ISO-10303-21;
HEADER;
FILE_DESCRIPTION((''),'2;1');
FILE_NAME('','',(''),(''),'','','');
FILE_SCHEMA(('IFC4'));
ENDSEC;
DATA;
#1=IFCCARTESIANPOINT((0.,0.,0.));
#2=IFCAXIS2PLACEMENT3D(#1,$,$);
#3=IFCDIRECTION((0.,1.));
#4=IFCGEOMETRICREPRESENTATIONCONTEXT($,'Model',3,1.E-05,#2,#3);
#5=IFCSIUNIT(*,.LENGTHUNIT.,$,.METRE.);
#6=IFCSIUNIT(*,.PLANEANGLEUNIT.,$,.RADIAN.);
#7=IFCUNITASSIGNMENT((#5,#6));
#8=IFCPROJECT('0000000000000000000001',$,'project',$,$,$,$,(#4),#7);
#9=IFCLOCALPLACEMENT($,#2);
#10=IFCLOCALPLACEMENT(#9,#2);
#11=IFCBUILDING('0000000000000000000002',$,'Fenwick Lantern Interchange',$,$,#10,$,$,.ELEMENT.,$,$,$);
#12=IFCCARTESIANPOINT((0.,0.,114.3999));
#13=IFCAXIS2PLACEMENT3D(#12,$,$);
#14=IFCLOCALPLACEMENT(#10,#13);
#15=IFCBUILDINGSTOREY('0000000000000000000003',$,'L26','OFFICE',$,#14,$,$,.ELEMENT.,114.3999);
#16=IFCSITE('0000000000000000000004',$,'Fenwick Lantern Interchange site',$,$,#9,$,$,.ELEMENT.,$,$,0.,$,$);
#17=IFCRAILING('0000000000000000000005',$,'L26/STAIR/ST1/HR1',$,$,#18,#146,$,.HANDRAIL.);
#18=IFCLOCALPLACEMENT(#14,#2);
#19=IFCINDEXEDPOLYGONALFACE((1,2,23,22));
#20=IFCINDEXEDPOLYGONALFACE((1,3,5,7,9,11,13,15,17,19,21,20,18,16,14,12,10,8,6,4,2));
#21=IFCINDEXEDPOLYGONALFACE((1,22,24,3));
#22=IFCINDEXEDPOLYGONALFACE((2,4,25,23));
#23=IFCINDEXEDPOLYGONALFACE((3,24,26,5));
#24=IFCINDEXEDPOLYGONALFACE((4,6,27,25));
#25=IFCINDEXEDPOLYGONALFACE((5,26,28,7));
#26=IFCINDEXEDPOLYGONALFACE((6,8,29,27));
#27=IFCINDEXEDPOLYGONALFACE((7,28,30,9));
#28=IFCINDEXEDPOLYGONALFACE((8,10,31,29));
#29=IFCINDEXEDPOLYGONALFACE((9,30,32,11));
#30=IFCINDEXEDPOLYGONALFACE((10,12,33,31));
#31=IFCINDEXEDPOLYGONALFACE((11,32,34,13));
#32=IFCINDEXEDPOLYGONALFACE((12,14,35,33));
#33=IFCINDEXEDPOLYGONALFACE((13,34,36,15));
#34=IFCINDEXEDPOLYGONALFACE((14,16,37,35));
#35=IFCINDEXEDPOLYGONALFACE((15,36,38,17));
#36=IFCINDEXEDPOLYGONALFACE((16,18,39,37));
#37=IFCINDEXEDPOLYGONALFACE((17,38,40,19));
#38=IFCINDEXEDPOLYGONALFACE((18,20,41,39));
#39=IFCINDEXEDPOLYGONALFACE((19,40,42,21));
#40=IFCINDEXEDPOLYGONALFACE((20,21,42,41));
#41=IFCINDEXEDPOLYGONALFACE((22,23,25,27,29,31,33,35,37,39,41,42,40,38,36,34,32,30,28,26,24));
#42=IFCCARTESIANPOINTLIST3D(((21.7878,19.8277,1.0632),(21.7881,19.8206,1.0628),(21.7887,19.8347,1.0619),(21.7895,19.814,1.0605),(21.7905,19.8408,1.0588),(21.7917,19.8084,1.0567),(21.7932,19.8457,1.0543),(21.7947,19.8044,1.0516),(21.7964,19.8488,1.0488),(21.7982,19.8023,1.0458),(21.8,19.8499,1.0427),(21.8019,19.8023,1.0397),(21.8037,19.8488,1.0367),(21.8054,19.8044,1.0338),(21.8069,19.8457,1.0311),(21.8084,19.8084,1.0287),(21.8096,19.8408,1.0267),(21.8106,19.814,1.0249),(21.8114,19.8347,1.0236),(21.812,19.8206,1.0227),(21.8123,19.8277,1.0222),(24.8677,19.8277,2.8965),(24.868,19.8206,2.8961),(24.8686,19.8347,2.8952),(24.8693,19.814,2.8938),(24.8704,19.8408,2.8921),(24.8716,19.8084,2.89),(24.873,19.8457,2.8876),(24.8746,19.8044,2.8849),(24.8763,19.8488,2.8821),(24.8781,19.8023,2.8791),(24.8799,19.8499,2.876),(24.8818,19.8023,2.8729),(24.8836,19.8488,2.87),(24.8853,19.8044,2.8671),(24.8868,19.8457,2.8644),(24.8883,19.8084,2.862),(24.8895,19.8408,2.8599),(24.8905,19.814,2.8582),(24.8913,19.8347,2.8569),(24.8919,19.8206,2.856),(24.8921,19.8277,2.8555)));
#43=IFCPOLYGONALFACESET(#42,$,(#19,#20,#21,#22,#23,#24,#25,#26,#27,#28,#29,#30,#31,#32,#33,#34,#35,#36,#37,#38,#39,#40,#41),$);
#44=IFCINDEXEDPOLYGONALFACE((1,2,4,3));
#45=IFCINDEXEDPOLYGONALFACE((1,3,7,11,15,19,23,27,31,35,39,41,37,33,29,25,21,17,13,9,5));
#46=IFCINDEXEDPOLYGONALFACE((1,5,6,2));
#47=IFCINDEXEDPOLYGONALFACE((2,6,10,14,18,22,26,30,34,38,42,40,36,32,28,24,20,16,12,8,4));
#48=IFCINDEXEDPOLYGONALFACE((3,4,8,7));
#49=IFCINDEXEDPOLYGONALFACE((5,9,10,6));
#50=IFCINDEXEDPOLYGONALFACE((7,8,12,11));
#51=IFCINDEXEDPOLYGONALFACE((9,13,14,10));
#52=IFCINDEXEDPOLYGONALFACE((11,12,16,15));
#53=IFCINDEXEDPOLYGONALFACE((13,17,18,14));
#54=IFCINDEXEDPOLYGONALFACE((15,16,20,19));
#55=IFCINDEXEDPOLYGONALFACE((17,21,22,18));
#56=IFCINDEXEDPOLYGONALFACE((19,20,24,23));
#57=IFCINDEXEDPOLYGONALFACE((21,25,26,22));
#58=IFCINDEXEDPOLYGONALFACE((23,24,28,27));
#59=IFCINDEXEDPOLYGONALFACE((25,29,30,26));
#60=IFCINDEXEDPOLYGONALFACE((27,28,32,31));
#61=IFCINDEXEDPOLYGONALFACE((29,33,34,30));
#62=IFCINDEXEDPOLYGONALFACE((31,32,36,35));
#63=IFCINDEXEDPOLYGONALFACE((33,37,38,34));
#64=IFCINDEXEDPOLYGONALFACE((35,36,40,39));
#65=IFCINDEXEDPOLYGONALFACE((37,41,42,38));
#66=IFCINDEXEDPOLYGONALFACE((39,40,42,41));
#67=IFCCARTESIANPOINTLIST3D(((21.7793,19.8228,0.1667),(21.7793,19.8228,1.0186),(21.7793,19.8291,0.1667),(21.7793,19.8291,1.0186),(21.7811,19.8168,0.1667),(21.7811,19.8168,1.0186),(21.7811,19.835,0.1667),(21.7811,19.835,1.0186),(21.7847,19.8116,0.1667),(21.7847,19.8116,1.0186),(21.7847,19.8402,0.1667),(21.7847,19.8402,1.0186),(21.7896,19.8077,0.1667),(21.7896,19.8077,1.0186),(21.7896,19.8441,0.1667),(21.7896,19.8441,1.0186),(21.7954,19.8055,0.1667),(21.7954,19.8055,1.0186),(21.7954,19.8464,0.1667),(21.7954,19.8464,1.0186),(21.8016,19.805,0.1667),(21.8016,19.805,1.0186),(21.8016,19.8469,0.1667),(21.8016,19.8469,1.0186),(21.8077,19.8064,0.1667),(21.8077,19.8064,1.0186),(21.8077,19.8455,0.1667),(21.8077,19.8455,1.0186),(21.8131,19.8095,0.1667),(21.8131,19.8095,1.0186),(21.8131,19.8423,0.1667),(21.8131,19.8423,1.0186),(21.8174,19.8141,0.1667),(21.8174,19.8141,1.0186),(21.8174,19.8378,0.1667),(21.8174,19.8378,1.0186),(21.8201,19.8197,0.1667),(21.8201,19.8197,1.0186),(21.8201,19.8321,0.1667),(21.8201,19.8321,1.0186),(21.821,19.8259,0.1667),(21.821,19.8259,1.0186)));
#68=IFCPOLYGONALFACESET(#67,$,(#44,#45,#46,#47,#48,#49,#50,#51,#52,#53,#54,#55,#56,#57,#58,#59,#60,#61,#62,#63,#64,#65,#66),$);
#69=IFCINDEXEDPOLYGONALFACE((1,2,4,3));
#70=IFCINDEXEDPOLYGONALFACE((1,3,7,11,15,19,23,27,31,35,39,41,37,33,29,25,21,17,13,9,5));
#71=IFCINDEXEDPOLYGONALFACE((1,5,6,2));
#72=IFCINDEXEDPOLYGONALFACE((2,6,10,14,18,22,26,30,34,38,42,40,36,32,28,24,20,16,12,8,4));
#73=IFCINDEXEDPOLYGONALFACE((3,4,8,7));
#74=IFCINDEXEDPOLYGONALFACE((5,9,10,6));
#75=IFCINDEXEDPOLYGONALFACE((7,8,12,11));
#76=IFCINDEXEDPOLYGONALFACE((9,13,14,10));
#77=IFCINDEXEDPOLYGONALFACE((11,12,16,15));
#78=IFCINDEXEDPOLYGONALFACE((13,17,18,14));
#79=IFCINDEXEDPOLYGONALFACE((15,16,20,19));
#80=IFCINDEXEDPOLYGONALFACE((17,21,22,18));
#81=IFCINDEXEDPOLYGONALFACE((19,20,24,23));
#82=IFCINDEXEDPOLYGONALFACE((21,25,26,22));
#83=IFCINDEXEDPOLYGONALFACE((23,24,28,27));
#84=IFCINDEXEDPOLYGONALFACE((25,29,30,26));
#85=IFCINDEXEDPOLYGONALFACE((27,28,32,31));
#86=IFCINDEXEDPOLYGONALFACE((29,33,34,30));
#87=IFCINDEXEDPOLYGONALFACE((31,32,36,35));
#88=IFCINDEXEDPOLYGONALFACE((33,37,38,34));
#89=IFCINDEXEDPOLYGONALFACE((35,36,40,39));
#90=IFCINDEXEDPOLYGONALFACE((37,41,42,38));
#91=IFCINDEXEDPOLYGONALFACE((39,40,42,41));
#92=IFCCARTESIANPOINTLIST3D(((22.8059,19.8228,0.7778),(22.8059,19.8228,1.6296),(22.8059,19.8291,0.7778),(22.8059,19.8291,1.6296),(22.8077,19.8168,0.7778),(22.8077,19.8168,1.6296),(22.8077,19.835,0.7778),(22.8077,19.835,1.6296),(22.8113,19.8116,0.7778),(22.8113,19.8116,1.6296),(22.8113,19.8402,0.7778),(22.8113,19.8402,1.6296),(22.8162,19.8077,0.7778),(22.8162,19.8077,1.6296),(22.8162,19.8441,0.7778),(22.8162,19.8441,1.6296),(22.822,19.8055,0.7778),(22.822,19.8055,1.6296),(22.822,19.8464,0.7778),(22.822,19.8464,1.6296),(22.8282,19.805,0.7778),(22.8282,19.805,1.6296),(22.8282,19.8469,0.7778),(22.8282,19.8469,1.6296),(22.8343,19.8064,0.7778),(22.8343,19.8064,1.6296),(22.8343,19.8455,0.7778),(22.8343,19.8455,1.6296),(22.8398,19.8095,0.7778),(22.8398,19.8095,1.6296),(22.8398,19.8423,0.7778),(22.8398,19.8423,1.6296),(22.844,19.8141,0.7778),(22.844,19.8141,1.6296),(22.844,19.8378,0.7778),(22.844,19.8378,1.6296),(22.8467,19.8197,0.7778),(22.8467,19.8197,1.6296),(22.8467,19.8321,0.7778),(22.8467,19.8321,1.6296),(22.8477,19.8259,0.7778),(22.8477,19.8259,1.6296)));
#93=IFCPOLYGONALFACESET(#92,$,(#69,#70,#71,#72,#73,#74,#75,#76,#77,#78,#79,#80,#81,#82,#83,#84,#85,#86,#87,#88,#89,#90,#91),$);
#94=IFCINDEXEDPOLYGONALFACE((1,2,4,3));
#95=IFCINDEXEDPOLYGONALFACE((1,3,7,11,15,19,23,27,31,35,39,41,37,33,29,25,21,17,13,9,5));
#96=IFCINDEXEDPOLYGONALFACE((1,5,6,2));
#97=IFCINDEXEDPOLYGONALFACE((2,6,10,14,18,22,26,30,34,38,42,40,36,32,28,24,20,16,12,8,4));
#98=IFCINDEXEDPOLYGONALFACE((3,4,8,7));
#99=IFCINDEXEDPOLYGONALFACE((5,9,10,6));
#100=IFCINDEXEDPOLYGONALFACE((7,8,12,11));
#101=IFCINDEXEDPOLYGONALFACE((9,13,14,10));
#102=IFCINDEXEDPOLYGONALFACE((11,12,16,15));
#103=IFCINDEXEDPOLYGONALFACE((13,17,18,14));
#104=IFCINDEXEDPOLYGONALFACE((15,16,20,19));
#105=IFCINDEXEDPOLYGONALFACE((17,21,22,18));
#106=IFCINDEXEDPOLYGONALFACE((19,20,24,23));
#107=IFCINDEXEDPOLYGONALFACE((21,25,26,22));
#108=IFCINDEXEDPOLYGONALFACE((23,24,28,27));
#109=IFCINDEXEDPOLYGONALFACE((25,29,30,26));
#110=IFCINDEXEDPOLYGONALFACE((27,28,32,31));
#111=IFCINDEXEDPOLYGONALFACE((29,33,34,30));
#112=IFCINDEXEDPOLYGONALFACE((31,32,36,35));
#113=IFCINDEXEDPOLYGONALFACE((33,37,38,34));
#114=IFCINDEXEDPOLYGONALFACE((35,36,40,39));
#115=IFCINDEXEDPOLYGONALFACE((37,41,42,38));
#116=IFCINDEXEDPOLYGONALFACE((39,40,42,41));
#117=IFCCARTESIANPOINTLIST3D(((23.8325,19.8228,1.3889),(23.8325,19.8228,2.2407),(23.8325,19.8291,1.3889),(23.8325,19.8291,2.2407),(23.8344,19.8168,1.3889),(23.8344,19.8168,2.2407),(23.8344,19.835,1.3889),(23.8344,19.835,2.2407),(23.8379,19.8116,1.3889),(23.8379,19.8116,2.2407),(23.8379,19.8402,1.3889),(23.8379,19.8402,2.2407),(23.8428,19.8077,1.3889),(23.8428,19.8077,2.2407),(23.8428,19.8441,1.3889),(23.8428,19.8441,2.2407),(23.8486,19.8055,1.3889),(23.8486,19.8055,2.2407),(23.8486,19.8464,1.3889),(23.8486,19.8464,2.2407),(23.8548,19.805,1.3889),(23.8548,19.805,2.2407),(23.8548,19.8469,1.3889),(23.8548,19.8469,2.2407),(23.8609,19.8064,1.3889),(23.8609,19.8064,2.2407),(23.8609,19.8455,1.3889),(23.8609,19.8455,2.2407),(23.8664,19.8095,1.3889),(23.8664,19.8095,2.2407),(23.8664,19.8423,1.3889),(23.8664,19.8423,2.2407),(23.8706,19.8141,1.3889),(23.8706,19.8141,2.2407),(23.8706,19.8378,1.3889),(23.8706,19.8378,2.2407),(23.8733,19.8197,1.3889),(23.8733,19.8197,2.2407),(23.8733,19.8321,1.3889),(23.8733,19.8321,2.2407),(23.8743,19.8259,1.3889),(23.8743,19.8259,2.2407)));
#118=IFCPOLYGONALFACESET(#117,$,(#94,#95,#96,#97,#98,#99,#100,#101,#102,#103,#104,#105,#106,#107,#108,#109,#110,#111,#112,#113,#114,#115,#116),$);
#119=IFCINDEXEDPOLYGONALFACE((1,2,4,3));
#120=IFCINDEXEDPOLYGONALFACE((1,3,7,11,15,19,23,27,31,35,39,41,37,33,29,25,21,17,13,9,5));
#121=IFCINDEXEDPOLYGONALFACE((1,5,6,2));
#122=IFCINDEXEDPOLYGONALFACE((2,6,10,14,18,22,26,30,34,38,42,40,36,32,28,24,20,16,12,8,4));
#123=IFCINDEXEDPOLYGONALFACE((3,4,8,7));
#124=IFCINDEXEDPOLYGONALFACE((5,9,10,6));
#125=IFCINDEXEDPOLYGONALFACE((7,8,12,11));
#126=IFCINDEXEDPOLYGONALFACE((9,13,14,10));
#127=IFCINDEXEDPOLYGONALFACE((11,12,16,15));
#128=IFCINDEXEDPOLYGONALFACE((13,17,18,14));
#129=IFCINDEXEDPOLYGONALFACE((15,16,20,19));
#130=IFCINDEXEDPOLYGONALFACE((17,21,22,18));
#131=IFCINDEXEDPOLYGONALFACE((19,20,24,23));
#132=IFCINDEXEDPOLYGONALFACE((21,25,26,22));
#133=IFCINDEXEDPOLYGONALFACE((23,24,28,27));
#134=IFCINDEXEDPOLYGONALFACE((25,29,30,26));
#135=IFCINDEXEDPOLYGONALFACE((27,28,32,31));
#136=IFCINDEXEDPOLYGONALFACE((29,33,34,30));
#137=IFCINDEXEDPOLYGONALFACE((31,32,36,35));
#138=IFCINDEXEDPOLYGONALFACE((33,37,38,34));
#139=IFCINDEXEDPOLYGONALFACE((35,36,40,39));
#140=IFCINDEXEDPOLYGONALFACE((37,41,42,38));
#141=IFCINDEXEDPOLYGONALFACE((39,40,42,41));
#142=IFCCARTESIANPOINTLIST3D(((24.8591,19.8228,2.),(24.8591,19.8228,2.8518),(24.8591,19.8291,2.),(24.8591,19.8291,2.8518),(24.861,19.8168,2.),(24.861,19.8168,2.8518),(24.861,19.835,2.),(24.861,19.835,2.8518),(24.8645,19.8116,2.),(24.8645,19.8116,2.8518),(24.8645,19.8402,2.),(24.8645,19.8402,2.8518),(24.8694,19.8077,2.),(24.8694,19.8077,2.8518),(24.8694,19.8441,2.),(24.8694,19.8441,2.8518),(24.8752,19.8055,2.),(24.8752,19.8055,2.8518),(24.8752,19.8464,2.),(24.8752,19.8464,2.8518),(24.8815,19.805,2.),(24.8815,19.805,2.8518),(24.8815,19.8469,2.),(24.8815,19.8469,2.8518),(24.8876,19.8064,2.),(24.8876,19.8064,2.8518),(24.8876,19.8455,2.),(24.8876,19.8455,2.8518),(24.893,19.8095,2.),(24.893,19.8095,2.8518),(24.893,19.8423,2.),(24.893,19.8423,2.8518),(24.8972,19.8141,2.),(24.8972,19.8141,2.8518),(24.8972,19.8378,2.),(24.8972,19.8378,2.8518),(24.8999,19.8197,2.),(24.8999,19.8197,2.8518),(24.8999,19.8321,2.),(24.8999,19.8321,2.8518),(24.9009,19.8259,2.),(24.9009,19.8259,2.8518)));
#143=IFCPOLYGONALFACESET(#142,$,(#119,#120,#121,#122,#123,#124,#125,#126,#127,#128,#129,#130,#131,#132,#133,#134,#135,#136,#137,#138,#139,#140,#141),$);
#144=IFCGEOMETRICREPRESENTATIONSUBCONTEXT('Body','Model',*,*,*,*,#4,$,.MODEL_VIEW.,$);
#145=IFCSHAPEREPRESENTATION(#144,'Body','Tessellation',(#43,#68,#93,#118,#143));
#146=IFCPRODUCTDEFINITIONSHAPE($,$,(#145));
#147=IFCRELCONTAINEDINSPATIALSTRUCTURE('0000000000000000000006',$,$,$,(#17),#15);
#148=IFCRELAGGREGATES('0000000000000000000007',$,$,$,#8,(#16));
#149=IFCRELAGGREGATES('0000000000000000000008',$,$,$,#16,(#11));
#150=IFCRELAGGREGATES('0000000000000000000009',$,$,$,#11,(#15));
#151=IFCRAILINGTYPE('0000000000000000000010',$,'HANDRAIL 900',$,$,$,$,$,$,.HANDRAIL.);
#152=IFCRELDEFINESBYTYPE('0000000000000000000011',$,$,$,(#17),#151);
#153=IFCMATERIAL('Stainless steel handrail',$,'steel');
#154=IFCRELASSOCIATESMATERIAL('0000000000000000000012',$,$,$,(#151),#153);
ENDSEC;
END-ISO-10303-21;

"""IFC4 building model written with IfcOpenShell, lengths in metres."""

from ifc_helpers import new_model, si_unit, direction, frame, origin, origin_2d, place, context, subcontext, project, spatial, circle, extrude, material, type_object, element, save


model = new_model("IFC4")

# Units and contexts
model_context = context("Model", 3, precision=1e-05, world=origin(), true_north=direction((0.0, 1.0)))
body_context = subcontext(model_context, "Body", "Model", "MODEL_VIEW")
ifc_project = project(units=[si_unit("LENGTHUNIT", "METRE"), si_unit("PLANEANGLEUNIT", "RADIAN")], contexts=[model_context])

# Site, building, storey
site_placement = place(None, origin())
site = spatial("IfcSite", under=ifc_project, at=site_placement, Name="Fenwick Lantern Interchange site", CompositionType="ELEMENT", RefElevation=0.0)
building_placement = place(site_placement, origin())
building = spatial("IfcBuilding", under=site, at=building_placement, Name="Fenwick Lantern Interchange", CompositionType="ELEMENT")
storey_placement = place(building_placement, frame((0.0, 0.0, 114.3999)))
storey = spatial("IfcBuildingStorey", under=building, at=storey_placement, Name="L26", Description="OFFICE", CompositionType="ELEMENT", Elevation=114.3999)

# Railing
ifc_material_1 = material(Name="Stainless steel handrail", Category="steel")
railing_type = type_object("IfcRailingType", Name="HANDRAIL 900", PredefinedType="HANDRAIL", material=ifc_material_1)
railing_1_placement = place(storey_placement, frame((21.8, 19.8259, 0.1667)))
element("IfcRailing", 1, at=railing_1_placement, inside=storey, type_object=railing_type, Name="L26/STAIR/ST1/HR1", PredefinedType="HANDRAIL", context=body_context, shape_type="SweptSolid", body=[
    extrude(circle(Radius=0.0239, at=origin_2d()), frame((0.0, 0.0, 0.876), z_axis=(0.859291, 0.0, 0.511487), x_axis=(0.0, 1.0, 0.0)), (0.0, 0.0, 1.0), 3.5842),
    extrude(circle(Radius=0.021, at=origin_2d()), origin(), (0.0, 0.0, 1.0), 0.8518),
    extrude(circle(Radius=0.021, at=origin_2d()), frame((1.0266, 0.0, 0.6111)), (0.0, 0.0, 1.0), 0.8518),
    extrude(circle(Radius=0.021, at=origin_2d()), frame((2.0532, 0.0, 1.2222)), (0.0, 0.0, 1.0), 0.8518),
    extrude(circle(Radius=0.021, at=origin_2d()), frame((3.0798, 0.0, 1.8333)), (0.0, 0.0, 1.0), 0.8518),
])

save(model, "model.ifc")
